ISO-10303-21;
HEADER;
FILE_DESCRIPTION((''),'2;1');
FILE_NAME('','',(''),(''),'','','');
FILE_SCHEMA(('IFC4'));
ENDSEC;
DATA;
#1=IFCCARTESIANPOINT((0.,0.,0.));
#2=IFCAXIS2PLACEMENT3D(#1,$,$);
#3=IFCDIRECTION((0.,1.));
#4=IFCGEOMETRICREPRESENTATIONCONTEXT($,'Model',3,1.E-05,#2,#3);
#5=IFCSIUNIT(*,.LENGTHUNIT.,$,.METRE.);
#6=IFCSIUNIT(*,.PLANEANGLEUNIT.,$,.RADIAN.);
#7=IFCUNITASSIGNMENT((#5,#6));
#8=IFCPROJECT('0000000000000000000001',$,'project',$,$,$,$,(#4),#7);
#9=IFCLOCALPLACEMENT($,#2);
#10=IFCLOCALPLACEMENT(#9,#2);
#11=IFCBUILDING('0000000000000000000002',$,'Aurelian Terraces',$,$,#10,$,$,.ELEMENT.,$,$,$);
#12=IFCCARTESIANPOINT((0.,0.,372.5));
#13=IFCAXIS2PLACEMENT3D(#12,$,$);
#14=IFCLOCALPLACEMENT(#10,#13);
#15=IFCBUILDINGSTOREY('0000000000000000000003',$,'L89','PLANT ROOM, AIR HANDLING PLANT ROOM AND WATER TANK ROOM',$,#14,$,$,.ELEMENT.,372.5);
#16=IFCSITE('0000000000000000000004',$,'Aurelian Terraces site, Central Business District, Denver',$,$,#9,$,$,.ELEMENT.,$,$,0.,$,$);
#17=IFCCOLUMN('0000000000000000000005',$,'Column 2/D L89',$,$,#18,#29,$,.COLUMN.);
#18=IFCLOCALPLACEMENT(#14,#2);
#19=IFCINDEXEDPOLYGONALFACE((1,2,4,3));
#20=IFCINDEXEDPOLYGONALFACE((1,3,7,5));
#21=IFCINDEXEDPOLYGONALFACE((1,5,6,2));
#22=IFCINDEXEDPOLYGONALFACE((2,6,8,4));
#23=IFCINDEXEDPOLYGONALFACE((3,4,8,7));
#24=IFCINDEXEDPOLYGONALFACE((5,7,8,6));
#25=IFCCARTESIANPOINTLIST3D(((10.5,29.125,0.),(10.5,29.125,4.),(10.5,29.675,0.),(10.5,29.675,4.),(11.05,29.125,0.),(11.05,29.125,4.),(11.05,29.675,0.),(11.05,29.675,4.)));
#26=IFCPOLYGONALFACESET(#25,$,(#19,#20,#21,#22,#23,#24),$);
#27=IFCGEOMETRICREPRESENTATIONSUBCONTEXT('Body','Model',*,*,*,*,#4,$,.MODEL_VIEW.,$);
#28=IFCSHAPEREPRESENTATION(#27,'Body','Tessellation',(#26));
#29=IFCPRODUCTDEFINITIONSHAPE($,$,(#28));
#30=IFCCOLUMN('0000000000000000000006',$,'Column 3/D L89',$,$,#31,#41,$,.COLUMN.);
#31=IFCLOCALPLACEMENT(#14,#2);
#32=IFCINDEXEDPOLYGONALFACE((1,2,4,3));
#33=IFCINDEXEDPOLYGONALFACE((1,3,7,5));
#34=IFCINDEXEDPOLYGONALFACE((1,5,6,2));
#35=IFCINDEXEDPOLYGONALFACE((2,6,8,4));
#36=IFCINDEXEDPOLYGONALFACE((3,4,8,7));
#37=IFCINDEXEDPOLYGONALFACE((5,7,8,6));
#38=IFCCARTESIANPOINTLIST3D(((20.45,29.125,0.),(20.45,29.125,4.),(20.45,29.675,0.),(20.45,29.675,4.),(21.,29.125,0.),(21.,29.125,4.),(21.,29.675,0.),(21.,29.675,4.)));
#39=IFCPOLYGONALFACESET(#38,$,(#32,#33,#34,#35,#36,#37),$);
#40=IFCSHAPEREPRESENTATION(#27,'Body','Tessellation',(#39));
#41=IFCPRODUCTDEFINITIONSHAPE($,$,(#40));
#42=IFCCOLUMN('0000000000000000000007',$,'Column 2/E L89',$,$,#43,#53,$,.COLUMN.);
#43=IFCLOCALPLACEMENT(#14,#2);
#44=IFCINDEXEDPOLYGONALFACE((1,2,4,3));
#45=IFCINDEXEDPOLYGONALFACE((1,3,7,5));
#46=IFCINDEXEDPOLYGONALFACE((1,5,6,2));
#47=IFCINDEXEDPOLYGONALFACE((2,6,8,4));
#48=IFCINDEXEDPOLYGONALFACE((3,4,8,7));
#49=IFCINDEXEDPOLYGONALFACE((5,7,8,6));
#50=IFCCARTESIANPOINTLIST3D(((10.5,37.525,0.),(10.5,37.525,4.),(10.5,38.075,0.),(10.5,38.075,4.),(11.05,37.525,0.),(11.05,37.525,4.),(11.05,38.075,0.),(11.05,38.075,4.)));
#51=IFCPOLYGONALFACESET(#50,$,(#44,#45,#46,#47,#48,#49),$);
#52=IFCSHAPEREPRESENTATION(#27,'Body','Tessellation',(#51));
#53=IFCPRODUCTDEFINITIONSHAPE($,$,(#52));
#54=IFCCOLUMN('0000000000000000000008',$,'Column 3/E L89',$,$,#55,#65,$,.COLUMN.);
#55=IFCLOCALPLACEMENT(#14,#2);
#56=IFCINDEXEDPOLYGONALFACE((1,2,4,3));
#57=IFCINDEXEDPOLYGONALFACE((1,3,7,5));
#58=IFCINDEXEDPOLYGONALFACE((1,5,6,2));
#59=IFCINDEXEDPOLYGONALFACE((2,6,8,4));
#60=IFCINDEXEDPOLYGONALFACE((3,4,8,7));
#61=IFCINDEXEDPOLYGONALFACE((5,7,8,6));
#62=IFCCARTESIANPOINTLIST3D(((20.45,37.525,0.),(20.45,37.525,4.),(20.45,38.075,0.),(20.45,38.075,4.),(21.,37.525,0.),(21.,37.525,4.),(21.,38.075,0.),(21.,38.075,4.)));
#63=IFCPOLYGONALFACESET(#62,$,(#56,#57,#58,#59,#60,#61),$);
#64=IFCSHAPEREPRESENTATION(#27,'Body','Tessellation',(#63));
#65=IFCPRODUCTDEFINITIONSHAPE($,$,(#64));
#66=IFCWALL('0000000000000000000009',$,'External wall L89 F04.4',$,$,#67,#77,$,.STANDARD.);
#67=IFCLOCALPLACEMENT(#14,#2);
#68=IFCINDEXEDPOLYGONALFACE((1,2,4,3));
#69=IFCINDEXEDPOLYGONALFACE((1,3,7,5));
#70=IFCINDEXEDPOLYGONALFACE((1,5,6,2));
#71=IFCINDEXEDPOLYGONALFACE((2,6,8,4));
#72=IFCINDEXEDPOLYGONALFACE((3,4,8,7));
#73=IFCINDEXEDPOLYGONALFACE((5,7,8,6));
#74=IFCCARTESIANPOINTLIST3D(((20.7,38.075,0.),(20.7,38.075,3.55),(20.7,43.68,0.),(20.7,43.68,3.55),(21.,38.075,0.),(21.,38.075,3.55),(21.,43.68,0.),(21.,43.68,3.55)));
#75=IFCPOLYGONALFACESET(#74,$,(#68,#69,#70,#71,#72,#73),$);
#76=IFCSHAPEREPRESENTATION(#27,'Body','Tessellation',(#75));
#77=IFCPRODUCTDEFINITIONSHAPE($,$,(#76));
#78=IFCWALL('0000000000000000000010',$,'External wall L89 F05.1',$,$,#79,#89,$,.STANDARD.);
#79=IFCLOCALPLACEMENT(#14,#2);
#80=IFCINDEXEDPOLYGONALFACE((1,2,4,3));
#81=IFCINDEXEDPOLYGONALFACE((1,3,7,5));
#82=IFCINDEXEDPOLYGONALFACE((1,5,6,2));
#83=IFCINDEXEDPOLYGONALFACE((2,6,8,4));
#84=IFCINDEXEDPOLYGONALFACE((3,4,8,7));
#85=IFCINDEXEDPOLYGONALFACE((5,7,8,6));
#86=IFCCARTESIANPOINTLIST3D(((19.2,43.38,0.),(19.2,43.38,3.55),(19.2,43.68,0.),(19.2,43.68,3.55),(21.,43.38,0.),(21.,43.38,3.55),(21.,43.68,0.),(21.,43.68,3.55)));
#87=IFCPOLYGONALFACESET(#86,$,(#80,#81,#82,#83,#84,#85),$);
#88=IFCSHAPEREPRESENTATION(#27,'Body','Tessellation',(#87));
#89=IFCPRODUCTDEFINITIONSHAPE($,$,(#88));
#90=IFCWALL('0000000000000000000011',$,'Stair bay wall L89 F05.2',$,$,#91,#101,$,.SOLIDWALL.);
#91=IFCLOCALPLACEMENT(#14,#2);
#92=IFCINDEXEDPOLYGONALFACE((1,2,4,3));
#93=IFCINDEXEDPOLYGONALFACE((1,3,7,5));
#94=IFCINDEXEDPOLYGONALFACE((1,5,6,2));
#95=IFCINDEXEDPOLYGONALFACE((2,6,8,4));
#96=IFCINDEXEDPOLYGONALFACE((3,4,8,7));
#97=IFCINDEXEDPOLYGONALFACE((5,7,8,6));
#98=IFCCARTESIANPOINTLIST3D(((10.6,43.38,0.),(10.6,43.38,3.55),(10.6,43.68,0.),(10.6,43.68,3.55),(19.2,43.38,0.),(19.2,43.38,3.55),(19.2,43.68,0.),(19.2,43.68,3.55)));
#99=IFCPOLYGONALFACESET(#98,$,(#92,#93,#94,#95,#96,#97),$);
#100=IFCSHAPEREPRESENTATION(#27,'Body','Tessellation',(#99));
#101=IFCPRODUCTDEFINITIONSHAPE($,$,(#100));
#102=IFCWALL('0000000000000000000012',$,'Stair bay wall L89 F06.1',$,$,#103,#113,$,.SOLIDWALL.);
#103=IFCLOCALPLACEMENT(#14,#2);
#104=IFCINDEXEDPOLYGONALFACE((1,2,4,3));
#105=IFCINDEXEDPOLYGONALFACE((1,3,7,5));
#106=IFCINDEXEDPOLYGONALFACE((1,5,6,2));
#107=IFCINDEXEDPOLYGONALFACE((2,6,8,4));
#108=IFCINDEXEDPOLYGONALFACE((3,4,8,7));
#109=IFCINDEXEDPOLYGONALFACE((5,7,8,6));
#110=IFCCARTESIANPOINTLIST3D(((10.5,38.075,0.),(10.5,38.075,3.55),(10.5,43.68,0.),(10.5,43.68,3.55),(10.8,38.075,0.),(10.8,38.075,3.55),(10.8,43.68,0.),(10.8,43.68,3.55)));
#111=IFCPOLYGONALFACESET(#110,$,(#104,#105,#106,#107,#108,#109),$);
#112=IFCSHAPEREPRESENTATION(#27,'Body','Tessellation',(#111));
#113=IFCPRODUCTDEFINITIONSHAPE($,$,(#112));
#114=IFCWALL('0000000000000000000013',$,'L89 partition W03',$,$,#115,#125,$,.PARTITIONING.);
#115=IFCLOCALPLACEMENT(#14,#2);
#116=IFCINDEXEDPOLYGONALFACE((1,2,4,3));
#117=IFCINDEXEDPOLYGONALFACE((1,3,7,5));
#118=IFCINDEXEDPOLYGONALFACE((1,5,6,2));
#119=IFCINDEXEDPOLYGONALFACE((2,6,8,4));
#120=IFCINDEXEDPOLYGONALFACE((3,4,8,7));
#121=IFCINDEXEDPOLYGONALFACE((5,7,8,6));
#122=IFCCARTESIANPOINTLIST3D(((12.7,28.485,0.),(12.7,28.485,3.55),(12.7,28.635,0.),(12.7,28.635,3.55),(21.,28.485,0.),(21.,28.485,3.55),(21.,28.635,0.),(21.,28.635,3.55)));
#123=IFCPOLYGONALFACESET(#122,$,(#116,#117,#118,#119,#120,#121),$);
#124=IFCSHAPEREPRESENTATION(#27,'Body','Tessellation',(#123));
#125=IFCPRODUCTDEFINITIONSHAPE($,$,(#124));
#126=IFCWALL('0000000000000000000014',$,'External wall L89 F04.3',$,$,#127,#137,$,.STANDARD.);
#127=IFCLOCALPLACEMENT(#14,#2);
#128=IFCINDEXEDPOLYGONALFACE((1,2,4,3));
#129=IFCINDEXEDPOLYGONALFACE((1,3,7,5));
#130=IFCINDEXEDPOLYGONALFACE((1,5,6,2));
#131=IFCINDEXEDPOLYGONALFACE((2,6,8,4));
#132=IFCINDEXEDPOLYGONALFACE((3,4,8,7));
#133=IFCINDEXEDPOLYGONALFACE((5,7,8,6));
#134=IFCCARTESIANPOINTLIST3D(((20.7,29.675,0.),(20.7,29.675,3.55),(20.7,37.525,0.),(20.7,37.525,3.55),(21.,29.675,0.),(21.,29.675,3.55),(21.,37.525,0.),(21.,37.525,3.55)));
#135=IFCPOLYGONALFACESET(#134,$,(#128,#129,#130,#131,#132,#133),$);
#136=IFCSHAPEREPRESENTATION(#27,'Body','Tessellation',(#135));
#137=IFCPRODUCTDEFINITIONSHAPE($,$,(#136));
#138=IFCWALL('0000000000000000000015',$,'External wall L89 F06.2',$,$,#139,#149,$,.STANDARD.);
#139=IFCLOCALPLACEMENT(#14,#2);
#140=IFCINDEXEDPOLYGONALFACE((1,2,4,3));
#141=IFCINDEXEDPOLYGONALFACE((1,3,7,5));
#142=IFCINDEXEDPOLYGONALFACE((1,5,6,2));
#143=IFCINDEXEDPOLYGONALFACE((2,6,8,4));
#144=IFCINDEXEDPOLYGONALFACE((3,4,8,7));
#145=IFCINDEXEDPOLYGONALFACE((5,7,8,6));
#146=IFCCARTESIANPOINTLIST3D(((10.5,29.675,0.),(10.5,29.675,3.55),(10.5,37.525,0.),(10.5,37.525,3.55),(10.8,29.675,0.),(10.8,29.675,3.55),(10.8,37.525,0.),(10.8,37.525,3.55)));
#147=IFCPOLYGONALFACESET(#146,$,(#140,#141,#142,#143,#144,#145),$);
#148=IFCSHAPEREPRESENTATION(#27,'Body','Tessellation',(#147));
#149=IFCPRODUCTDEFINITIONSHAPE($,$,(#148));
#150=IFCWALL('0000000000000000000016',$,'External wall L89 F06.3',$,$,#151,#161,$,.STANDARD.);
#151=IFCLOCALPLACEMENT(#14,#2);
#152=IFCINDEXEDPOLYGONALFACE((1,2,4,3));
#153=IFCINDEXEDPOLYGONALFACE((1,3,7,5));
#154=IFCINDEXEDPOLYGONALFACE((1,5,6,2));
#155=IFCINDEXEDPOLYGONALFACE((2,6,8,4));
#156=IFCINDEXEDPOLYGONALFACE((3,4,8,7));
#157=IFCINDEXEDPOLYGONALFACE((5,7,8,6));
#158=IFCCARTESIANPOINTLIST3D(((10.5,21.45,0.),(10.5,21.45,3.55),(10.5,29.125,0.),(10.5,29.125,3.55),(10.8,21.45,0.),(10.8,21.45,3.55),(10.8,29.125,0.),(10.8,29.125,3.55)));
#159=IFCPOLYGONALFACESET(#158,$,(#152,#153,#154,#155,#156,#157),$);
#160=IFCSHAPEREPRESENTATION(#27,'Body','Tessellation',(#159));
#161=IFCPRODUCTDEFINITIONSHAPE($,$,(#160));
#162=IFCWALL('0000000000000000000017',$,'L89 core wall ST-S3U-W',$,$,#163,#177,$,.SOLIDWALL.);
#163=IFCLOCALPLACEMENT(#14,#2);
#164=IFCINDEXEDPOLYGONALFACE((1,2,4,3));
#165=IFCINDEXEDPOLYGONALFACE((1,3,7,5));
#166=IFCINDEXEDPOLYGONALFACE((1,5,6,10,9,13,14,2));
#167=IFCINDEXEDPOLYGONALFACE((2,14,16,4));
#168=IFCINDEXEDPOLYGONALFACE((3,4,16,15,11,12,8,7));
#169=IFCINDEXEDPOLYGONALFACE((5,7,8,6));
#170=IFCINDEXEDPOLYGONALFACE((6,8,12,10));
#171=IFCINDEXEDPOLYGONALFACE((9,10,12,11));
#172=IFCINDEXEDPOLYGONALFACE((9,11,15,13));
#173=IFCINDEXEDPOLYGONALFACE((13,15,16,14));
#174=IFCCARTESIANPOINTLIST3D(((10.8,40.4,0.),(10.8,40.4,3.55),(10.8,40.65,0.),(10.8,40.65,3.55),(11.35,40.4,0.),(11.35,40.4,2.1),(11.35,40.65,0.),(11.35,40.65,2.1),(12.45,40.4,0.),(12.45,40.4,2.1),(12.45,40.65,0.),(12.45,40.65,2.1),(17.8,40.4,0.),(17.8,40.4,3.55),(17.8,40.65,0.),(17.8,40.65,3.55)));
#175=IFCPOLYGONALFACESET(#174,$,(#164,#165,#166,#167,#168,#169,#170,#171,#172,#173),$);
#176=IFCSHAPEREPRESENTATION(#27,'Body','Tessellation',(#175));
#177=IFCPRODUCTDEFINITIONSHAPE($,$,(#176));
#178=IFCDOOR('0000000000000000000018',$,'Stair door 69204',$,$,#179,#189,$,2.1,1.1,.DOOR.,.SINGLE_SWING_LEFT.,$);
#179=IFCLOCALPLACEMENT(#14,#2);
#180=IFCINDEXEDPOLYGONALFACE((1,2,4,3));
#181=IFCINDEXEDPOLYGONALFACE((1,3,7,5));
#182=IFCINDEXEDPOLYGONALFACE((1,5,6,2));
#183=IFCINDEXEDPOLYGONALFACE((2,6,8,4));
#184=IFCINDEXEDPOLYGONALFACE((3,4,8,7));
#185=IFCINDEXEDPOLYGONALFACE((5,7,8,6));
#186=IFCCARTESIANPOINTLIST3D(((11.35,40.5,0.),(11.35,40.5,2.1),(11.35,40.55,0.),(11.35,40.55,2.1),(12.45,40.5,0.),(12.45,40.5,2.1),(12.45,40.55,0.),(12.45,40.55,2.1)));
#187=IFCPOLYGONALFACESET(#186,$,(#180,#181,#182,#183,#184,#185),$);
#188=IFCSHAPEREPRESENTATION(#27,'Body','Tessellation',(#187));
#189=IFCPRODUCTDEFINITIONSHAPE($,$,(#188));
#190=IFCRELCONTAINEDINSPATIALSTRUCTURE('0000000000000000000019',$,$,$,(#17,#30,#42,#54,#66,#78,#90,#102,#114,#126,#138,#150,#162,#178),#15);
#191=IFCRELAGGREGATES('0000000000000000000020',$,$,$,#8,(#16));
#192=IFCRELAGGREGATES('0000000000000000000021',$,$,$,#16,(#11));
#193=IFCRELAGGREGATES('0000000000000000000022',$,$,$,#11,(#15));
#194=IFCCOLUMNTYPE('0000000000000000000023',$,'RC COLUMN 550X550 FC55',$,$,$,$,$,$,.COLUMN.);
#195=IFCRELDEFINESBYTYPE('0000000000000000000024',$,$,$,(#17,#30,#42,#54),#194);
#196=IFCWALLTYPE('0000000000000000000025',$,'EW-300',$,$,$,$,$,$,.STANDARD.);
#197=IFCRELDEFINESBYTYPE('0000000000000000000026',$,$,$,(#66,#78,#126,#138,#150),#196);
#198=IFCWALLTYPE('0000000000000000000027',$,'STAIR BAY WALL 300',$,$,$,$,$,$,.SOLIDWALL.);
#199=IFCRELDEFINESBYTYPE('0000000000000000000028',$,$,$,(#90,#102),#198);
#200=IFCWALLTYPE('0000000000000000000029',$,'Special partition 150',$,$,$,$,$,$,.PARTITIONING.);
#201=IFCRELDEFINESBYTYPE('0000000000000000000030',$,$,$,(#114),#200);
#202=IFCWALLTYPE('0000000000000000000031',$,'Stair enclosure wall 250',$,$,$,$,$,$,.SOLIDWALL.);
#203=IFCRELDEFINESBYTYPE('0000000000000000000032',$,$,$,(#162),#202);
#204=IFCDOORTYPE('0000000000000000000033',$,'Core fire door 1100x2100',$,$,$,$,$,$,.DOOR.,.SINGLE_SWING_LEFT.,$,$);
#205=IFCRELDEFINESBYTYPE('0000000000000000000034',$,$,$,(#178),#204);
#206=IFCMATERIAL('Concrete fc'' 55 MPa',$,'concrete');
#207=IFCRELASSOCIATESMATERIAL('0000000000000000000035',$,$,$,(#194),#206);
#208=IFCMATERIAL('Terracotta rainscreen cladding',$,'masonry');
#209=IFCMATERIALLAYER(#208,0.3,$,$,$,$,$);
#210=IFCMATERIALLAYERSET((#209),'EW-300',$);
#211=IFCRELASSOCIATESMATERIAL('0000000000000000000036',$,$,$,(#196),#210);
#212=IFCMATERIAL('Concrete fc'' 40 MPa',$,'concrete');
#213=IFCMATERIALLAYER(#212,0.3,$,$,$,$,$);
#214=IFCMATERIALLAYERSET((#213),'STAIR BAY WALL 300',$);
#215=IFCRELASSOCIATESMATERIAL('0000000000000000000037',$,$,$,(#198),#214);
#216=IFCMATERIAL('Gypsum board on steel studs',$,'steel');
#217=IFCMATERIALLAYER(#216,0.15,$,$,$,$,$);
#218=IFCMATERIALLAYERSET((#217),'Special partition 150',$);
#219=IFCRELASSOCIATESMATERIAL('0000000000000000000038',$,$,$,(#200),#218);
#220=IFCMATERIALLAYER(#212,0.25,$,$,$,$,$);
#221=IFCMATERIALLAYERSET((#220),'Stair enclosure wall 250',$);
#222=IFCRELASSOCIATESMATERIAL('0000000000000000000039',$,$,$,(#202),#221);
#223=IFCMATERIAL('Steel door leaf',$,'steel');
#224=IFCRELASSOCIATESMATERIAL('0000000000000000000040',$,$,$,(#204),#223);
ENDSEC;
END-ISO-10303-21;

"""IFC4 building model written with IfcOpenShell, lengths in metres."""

from ifc_helpers import new_model, si_unit, direction, frame, frame_2d, origin, origin_2d, place, context, subcontext, project, spatial, rectangle, extrude, source, transform, mapped, material, layer, layer_set, material_profile, profile_set, type_object, element, fill, save


model = new_model("IFC4")

# Units and contexts
model_context = context("Model", 3, precision=1e-05, world=origin(), true_north=direction((0.0, 1.0)))
body_context = subcontext(model_context, "Body", "Model", "MODEL_VIEW")
ifc_project = project(units=[si_unit("LENGTHUNIT", "METRE"), si_unit("PLANEANGLEUNIT", "RADIAN")], contexts=[model_context])

# Site, building, storey
site_placement = place(None, origin())
site = spatial("IfcSite", under=ifc_project, at=site_placement, Name="Aurelian Terraces site, Central Business District, Denver", CompositionType="ELEMENT", RefElevation=0.0)
building_placement = place(site_placement, origin())
building = spatial("IfcBuilding", under=site, at=building_placement, Name="Aurelian Terraces", CompositionType="ELEMENT")
storey_placement = place(building_placement, frame((0.0, 0.0, 372.5)))
storey = spatial("IfcBuildingStorey", under=building, at=storey_placement, Name="L89", Description="PLANT ROOM, AIR HANDLING PLANT ROOM AND WATER TANK ROOM", CompositionType="ELEMENT", Elevation=372.5)

# Columns
ifc_material_1 = material(Name="Concrete fc' 55 MPa", Category="concrete")
ifc_material_profile = material_profile(ifc_material_1, rectangle(XDim=0.55, YDim=0.55, at=origin_2d()))
ifc_profile_set = profile_set([ifc_material_profile], Name="Concrete fc' 55 MPa")
column_type = type_object("IfcColumnType", Name="RC COLUMN 550X550 FC55", PredefinedType="COLUMN", material=ifc_profile_set)
shared_shape_1 = source(origin(), body_context, "Body", "SweptSolid", [
    extrude(rectangle(XDim=0.55, YDim=0.55, at=origin_2d()), origin(), (0.0, 0.0, 1.0), 4.0),
])
for number, where, z_axis, x_axis, name in (
    (1, (10.775, 29.4, 0.0), (0.0, 0.0, 1.0), (1.0, 0.0, 0.0), "Column 2/D L89"),
    (2, (20.725, 29.4, 0.0), (0.0, 0.0, 1.0), (1.0, 0.0, 0.0), "Column 3/D L89"),
    (3, (10.775, 37.8, 0.0), (0.0, 0.0, 1.0), (1.0, 0.0, 0.0), "Column 2/E L89"),
    (4, (20.725, 37.8, 0.0), (0.0, 0.0, 1.0), (1.0, 0.0, 0.0), "Column 3/E L89"),
):
    element("IfcColumn", number, at=place(storey_placement, frame(where, z_axis=z_axis, x_axis=x_axis)), inside=storey, type_object=column_type, Name=name, PredefinedType="COLUMN", context=body_context, shape_type="MappedRepresentation", body=[
        mapped(shared_shape_1, transform((0.0, 0.0, 0.0), scale=1.0)),
    ])

# Walls
ifc_material_2 = material(Name="Terracotta rainscreen cladding", Category="masonry")
ifc_layer_1 = layer(ifc_material_2, 0.3)
ifc_layer_set_1 = layer_set([ifc_layer_1], Name="EW-300")
wall_type_1 = type_object("IfcWallType", Name="EW-300", PredefinedType="STANDARD", material=ifc_layer_set_1)
wall_1_placement = place(storey_placement, frame((20.85, 38.075, 0.0), z_axis=(0.0, 0.0, 1.0), x_axis=(0.0, 1.0, 0.0)))
element("IfcWall", 5, at=wall_1_placement, inside=storey, type_object=wall_type_1, Name="External wall L89 F04.4", PredefinedType="STANDARD", context=body_context, shape_type="SweptSolid", body=[
    extrude(rectangle(XDim=5.605, YDim=0.3, at=frame_2d((2.8025, 0.0))), origin(), (0.0, 0.0, 1.0), 3.55),
])
wall_2_placement = place(storey_placement, frame((21.0, 43.53, 0.0), z_axis=(0.0, 0.0, 1.0), x_axis=(-1.0, 0.0, 0.0)))
element("IfcWall", 6, at=wall_2_placement, inside=storey, type_object=wall_type_1, Name="External wall L89 F05.1", PredefinedType="STANDARD", context=body_context, shape_type="SweptSolid", body=[
    extrude(rectangle(XDim=1.8, YDim=0.3, at=frame_2d((0.9, 0.0))), origin(), (0.0, 0.0, 1.0), 3.55),
])
ifc_material_3 = material(Name="Concrete fc' 40 MPa", Category="concrete")
ifc_layer_2 = layer(ifc_material_3, 0.3)
ifc_layer_set_2 = layer_set([ifc_layer_2], Name="STAIR BAY WALL 300")
wall_type_2 = type_object("IfcWallType", Name="STAIR BAY WALL 300", PredefinedType="SOLIDWALL", material=ifc_layer_set_2)
wall_3_placement = place(storey_placement, frame((19.2, 43.53, 0.0), z_axis=(0.0, 0.0, 1.0), x_axis=(-1.0, 0.0, 0.0)))
element("IfcWall", 7, at=wall_3_placement, inside=storey, type_object=wall_type_2, Name="Stair bay wall L89 F05.2", PredefinedType="SOLIDWALL", context=body_context, shape_type="SweptSolid", body=[
    extrude(rectangle(XDim=8.6, YDim=0.3, at=frame_2d((4.3, 0.0))), origin(), (0.0, 0.0, 1.0), 3.55),
])
wall_4_placement = place(storey_placement, frame((10.65, 43.68, 0.0), z_axis=(0.0, 0.0, 1.0), x_axis=(0.0, -1.0, 0.0)))
element("IfcWall", 8, at=wall_4_placement, inside=storey, type_object=wall_type_2, Name="Stair bay wall L89 F06.1", PredefinedType="SOLIDWALL", context=body_context, shape_type="SweptSolid", body=[
    extrude(rectangle(XDim=5.605, YDim=0.3, at=frame_2d((2.8025, 0.0))), origin(), (0.0, 0.0, 1.0), 3.55),
])
ifc_material_4 = material(Name="Gypsum board on steel studs", Category="steel")
ifc_layer_3 = layer(ifc_material_4, 0.15)
ifc_layer_set_3 = layer_set([ifc_layer_3], Name="Special partition 150")
wall_type_3 = type_object("IfcWallType", Name="Special partition 150", PredefinedType="PARTITIONING", material=ifc_layer_set_3)
wall_5_placement = place(storey_placement, frame((12.7, 28.56, 0.0), z_axis=(0.0, 0.0, 1.0), x_axis=(1.0, 0.0, 0.0)))
element("IfcWall", 9, at=wall_5_placement, inside=storey, type_object=wall_type_3, Name="L89 partition W03", PredefinedType="PARTITIONING", context=body_context, shape_type="SweptSolid", body=[
    extrude(rectangle(XDim=8.3, YDim=0.15, at=frame_2d((4.15, 0.0))), origin(), (0.0, 0.0, 1.0), 3.55),
])
shared_shape_2 = source(origin(), body_context, "Body", "SweptSolid", [
    extrude(rectangle(XDim=7.85, YDim=0.3, at=frame_2d((3.925, 0.0))), origin(), (0.0, 0.0, 1.0), 3.55),
])
for number, where, z_axis, x_axis, name in (
    (10, (20.85, 29.675, 0.0), (0.0, 0.0, 1.0), (0.0, 1.0, 0.0), "External wall L89 F04.3"),
    (11, (10.65, 37.525, 0.0), (0.0, 0.0, 1.0), (0.0, -1.0, 0.0), "External wall L89 F06.2"),
):
    element("IfcWall", number, at=place(storey_placement, frame(where, z_axis=z_axis, x_axis=x_axis)), inside=storey, type_object=wall_type_1, Name=name, PredefinedType="STANDARD", context=body_context, shape_type="MappedRepresentation", body=[
        mapped(shared_shape_2, transform((0.0, 0.0, 0.0), scale=1.0)),
    ])
shared_shape_3 = source(origin(), body_context, "Body", "SweptSolid", [
    extrude(rectangle(XDim=7.675, YDim=0.3, at=frame_2d((3.8375, 0.0))), origin(), (0.0, 0.0, 1.0), 3.55),
])
wall_6_placement = place(storey_placement, frame((10.65, 29.125, 0.0), z_axis=(0.0, 0.0, 1.0), x_axis=(0.0, -1.0, 0.0)))
element("IfcWall", 12, at=wall_6_placement, inside=storey, type_object=wall_type_1, Name="External wall L89 F06.3", PredefinedType="STANDARD", context=body_context, shape_type="MappedRepresentation", body=[
    mapped(shared_shape_3, transform((0.0, 0.0, 0.0), scale=1.0)),
])

# Wall, opening, door
ifc_layer_4 = layer(ifc_material_3, 0.25)
ifc_layer_set_4 = layer_set([ifc_layer_4], Name="Stair enclosure wall 250")
wall_type_4 = type_object("IfcWallType", Name="Stair enclosure wall 250", PredefinedType="SOLIDWALL", material=ifc_layer_set_4)
shared_shape_4 = source(origin(), body_context, "Body", "SweptSolid", [
    extrude(rectangle(XDim=7.0, YDim=0.25, at=frame_2d((3.5, 0.0))), origin(), (0.0, 0.0, 1.0), 3.55),
])
wall_7_placement = place(storey_placement, frame((10.8, 40.525, 0.0), z_axis=(0.0, 0.0, 1.0), x_axis=(1.0, 0.0, 0.0)))
wall_7 = element("IfcWall", 13, at=wall_7_placement, inside=storey, type_object=wall_type_4, Name="L89 core wall ST-S3U-W", PredefinedType="SOLIDWALL", context=body_context, shape_type="MappedRepresentation", body=[
    mapped(shared_shape_4, transform((0.0, 0.0, 0.0), scale=1.0)),
])
shared_shape_5 = source(origin(), body_context, "Body", "SweptSolid", [
    extrude(rectangle(XDim=1.1, YDim=2.1, at=frame_2d((0.55, 1.05))), frame((0.0, 0.135, 0.0), z_axis=(0.0, -1.0, 0.0), x_axis=(1.0, 0.0, 0.0)), (0.0, 0.0, 1.0), 0.27),
])
opening_1_placement = place(wall_7_placement, frame((0.55, 0.0, 0.0)))
opening_1 = element("IfcOpeningElement", 14, at=opening_1_placement, cuts=wall_7, PredefinedType="OPENING", context=body_context, shape_type="MappedRepresentation", body=[
    mapped(shared_shape_5, transform((0.0, 0.0, 0.0), scale=1.0)),
])
ifc_material_5 = material(Name="Steel door leaf", Category="steel")
door_type_1 = type_object("IfcDoorType", Name="Core fire door 1100x2100", OperationType="SINGLE_SWING_LEFT", PredefinedType="DOOR", material=ifc_material_5)
shared_shape_6 = source(origin(), body_context, "Body", "SweptSolid", [
    extrude(rectangle(XDim=1.1, YDim=2.1, at=frame_2d((0.55, 1.05))), frame((0.0, 0.025, 0.0), z_axis=(0.0, -1.0, 0.0), x_axis=(1.0, 0.0, 0.0)), (0.0, 0.0, 1.0), 0.05),
])
door_1_placement = place(opening_1_placement, origin())
door_1 = element("IfcDoor", 15, at=door_1_placement, inside=storey, type_object=door_type_1, Name="Stair door 69204", OperationType="SINGLE_SWING_LEFT", OverallHeight=2.1, OverallWidth=1.1, PredefinedType="DOOR", context=body_context, shape_type="MappedRepresentation", body=[
    mapped(shared_shape_6, transform((0.0, 0.0, 0.0), scale=1.0)),
])
fill(opening_1, door_1)

save(model, "model.ifc")
